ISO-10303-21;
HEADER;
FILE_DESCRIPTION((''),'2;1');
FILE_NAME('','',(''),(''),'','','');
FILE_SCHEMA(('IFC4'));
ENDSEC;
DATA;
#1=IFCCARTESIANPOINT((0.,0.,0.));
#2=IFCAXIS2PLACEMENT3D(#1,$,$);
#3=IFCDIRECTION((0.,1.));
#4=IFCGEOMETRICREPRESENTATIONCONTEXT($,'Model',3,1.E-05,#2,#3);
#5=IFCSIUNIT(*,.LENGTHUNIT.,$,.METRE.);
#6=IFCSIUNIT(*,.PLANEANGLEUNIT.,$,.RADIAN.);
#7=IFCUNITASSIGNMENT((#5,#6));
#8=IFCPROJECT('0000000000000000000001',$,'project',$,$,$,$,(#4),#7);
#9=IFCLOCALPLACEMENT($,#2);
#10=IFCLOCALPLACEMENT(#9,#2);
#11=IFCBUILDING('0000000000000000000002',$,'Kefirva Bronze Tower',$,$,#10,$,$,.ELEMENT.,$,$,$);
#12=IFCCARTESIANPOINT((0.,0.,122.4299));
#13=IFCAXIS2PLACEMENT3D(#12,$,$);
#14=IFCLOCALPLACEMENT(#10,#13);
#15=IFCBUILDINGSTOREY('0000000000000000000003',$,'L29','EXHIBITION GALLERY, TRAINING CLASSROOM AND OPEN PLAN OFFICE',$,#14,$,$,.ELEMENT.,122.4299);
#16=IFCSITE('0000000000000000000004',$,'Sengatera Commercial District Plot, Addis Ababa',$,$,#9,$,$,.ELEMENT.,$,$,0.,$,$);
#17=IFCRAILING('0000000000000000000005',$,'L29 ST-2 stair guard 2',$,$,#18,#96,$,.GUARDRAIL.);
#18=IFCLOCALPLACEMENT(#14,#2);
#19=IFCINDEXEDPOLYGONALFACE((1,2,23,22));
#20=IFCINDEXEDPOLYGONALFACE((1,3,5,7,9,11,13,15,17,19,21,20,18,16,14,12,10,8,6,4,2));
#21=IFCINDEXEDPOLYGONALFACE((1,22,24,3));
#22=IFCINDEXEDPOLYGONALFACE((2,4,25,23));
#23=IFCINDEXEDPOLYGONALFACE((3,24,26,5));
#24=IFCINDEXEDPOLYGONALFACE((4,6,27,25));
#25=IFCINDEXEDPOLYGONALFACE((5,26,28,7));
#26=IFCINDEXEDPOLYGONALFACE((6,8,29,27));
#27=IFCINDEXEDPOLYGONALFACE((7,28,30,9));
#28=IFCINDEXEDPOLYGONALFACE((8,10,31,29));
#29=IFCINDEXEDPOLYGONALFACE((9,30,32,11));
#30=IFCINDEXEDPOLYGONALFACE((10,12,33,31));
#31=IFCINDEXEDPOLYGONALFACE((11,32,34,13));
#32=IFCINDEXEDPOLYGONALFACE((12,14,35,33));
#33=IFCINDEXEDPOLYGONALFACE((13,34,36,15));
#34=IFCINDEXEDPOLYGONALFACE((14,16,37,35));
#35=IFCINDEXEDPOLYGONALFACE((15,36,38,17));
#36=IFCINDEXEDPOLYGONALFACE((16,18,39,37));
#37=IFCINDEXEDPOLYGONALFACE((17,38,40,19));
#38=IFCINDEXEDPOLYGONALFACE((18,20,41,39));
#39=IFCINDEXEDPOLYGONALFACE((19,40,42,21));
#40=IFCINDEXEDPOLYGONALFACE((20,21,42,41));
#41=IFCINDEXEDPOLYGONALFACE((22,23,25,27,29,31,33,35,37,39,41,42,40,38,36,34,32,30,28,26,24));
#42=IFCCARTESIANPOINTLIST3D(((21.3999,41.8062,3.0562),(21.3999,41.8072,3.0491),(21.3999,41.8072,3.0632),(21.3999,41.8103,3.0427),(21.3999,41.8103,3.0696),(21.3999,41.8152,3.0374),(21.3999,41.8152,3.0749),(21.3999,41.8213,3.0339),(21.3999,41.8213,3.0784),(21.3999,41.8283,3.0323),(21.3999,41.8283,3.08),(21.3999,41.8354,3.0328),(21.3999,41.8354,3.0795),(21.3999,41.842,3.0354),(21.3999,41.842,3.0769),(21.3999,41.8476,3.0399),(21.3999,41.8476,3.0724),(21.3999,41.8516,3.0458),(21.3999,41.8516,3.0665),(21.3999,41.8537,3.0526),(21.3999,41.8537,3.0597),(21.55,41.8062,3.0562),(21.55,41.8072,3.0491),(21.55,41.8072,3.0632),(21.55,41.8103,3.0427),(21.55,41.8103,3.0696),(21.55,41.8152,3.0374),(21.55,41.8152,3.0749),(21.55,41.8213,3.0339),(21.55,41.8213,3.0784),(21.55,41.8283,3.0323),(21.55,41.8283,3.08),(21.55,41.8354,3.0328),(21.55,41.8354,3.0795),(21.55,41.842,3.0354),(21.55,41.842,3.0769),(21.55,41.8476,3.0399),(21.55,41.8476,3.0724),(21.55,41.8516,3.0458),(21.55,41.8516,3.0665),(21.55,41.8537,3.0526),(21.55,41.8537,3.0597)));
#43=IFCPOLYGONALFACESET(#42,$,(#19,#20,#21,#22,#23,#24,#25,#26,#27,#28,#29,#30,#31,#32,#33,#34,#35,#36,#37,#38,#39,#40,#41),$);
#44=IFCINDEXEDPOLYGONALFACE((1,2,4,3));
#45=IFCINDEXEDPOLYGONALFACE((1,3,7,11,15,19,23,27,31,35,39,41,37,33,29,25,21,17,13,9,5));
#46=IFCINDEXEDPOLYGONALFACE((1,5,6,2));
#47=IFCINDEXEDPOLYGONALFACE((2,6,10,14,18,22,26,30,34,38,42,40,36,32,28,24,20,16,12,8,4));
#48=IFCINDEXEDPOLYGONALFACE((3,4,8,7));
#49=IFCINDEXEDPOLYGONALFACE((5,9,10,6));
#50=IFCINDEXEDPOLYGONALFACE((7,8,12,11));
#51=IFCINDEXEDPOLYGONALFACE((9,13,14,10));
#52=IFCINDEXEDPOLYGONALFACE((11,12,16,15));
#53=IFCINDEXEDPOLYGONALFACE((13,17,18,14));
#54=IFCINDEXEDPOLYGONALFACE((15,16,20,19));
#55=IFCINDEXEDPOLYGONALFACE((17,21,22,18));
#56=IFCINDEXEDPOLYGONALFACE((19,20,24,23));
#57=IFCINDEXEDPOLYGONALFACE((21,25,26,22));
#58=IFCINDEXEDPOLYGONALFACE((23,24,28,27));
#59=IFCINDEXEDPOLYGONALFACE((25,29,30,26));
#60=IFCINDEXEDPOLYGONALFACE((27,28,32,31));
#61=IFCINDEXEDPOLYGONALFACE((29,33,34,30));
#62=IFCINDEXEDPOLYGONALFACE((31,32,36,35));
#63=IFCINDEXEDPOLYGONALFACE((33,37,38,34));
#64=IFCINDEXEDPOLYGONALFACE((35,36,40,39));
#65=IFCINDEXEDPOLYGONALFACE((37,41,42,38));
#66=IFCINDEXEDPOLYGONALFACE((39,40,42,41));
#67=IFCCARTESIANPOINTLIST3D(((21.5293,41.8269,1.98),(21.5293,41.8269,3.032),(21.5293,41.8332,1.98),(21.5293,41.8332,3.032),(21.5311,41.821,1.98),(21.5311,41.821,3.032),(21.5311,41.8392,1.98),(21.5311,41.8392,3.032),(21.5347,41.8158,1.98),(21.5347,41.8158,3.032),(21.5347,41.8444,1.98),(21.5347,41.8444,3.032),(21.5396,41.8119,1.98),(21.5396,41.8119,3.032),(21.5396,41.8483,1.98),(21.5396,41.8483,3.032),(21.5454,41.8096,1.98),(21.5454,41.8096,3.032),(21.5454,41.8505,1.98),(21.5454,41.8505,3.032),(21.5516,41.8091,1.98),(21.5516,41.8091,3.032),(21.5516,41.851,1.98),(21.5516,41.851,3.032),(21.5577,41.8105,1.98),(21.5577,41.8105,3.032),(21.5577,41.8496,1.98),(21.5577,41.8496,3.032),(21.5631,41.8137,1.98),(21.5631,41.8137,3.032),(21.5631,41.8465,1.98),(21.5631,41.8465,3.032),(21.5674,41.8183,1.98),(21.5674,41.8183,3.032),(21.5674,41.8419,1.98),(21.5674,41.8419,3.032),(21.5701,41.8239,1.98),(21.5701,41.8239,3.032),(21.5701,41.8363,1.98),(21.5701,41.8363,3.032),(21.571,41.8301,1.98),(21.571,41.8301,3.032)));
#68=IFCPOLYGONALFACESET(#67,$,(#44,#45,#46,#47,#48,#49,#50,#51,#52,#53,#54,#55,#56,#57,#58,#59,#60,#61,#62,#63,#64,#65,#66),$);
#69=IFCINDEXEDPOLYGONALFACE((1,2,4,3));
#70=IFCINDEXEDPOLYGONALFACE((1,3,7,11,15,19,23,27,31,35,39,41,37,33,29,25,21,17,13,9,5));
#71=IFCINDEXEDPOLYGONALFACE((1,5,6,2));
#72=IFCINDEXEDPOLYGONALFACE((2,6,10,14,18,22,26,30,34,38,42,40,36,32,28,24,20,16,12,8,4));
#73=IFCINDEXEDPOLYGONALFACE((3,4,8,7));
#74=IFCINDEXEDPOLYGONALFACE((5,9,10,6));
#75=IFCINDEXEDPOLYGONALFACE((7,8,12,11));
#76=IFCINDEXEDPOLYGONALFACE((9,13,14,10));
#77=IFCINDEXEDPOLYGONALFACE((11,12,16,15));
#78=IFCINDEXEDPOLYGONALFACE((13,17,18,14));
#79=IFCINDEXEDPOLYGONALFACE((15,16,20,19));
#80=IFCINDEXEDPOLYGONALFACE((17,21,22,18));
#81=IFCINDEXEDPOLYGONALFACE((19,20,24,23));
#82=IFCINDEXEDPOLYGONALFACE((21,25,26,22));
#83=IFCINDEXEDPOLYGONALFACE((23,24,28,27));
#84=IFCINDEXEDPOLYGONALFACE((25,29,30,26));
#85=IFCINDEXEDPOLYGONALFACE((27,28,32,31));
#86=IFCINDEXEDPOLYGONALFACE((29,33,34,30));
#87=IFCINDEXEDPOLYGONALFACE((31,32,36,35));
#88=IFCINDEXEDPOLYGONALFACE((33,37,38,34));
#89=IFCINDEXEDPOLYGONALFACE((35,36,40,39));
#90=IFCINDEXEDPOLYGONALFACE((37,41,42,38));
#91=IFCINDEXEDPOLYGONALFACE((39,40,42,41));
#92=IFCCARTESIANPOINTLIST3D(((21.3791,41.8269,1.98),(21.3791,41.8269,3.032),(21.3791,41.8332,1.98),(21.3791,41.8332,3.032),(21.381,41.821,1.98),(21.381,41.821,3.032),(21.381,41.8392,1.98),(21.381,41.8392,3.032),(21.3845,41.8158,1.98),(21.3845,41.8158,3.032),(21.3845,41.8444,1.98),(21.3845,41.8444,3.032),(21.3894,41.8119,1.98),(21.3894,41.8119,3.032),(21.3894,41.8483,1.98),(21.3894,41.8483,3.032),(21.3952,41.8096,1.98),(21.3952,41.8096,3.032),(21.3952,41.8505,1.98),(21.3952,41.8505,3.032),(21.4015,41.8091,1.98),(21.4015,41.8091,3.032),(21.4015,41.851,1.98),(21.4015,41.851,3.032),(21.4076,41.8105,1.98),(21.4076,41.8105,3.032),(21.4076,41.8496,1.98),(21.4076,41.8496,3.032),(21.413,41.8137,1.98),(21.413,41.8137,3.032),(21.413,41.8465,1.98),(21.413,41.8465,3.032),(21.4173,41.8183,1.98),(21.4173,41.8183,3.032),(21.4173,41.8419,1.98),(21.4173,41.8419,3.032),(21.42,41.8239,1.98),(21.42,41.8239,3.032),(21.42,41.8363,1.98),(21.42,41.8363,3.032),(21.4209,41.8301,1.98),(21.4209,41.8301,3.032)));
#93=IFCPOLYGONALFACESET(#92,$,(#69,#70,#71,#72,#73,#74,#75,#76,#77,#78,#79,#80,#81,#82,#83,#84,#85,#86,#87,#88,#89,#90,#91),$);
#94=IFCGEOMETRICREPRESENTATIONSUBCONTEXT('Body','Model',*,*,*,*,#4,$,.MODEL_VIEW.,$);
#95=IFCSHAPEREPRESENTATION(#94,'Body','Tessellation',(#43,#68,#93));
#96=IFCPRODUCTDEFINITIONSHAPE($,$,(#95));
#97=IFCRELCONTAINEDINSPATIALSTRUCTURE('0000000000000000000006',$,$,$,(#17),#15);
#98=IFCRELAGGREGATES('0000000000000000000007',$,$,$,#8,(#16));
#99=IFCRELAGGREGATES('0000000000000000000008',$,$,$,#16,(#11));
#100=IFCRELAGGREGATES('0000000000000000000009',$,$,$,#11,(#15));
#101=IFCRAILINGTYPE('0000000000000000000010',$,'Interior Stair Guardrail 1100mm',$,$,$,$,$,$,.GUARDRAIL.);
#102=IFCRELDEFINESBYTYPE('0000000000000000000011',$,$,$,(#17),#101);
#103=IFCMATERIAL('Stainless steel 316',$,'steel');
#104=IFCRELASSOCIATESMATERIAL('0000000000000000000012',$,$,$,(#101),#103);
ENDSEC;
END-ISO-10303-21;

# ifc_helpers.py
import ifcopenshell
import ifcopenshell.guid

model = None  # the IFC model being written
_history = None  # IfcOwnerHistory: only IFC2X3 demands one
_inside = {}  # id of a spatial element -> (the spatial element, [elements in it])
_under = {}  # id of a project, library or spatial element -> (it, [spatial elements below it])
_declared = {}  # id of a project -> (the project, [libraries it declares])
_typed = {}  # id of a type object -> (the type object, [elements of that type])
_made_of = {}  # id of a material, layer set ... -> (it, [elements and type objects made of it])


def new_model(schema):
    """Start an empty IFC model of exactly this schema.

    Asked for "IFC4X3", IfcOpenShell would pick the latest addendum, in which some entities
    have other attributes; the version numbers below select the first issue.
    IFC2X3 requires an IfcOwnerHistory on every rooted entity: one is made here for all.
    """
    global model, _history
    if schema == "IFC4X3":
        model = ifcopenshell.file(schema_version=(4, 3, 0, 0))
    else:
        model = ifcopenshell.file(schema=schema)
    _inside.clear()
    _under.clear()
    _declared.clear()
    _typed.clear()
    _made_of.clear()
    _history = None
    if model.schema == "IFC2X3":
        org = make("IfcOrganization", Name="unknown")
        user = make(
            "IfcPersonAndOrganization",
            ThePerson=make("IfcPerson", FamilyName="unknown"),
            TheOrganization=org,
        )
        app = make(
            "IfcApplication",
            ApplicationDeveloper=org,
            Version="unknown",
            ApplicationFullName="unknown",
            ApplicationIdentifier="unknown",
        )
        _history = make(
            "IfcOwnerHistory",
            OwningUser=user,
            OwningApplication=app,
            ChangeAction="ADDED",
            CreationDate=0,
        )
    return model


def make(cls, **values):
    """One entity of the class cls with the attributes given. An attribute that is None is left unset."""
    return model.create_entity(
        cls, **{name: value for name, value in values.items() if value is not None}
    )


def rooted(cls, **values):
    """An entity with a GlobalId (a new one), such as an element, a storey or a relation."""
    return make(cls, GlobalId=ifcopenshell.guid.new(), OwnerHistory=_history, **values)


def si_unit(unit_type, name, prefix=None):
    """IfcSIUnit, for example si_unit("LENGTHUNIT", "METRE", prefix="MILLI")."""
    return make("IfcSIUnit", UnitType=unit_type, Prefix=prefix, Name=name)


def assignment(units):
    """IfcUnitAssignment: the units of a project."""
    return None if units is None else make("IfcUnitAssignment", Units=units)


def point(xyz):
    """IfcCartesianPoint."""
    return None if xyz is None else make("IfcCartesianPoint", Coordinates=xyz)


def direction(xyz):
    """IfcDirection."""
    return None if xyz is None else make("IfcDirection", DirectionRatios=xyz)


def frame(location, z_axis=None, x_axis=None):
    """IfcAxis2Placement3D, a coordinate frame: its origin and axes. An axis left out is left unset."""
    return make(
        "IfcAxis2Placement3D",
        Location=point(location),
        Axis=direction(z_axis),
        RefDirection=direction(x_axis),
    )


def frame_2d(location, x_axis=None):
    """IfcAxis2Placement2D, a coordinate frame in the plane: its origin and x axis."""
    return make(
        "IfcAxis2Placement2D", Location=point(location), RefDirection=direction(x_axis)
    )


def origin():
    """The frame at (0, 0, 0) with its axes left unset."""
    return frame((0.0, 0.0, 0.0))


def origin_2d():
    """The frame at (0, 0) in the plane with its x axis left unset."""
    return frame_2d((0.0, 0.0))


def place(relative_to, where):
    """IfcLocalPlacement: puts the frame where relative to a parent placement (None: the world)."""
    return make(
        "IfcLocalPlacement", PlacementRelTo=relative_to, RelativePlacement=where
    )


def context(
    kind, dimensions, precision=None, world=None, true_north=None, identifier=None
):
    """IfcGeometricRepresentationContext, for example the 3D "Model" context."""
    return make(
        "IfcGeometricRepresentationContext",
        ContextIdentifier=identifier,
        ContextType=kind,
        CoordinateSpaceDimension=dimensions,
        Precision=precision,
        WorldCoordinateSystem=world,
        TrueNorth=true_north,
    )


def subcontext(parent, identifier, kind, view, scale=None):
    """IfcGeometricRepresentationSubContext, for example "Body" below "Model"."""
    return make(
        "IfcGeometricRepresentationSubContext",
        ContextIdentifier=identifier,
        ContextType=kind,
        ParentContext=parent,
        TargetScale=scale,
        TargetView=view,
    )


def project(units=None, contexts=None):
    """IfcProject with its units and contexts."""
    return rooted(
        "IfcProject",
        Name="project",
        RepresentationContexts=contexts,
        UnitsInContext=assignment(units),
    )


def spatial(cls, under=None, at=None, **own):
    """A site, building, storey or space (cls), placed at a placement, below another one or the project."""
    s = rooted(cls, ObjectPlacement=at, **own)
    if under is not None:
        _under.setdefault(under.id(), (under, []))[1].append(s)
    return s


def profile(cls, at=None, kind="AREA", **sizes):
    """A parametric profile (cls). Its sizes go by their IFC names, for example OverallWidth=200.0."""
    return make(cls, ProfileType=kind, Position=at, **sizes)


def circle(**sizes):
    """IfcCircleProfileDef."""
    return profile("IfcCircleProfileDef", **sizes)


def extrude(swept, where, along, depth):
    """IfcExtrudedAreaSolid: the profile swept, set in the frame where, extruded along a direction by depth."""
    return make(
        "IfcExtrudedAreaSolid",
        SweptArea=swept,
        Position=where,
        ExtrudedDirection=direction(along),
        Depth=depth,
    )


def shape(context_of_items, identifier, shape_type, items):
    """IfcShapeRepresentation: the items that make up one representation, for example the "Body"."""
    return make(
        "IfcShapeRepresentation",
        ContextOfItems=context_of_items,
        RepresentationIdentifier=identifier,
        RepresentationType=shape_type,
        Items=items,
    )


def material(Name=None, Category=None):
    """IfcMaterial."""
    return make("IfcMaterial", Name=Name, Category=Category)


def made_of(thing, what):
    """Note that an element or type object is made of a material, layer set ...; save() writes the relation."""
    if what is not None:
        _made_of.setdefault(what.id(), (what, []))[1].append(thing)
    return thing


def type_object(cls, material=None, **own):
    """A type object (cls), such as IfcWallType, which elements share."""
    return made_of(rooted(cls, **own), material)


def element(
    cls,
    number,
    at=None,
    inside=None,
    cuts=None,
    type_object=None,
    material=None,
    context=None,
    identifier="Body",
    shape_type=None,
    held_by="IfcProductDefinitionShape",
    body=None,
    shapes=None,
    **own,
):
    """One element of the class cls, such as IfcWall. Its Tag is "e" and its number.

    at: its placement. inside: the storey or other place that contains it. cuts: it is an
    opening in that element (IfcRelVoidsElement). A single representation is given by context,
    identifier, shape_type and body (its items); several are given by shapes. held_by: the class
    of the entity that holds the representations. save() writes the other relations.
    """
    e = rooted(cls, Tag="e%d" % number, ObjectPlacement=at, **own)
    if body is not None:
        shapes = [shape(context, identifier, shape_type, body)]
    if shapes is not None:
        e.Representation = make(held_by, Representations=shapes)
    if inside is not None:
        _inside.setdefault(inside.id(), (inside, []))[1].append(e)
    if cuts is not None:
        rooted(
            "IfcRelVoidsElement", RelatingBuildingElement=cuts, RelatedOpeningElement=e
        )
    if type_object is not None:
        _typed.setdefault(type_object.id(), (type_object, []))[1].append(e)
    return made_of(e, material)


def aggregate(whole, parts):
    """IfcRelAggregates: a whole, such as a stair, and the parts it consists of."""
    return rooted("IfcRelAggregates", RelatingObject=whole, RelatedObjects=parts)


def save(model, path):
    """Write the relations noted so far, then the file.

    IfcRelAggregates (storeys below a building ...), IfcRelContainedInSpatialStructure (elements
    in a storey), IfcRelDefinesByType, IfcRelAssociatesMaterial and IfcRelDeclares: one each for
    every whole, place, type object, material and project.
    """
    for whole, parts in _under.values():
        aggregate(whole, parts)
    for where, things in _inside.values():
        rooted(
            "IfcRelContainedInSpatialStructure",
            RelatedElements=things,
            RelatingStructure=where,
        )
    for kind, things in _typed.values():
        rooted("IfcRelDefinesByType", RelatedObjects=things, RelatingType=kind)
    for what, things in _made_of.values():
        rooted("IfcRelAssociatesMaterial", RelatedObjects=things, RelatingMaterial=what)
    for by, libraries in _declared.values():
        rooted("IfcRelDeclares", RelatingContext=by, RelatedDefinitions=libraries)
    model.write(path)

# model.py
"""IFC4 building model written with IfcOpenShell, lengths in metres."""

from ifc_helpers import new_model, si_unit, direction, frame, origin, origin_2d, place, context, subcontext, project, spatial, circle, extrude, material, type_object, element, save


model = new_model("IFC4")

# Units and contexts
model_context = context("Model", 3, precision=1e-05, world=origin(), true_north=direction((0.0, 1.0)))
body_context = subcontext(model_context, "Body", "Model", "MODEL_VIEW")
ifc_project = project(units=[si_unit("LENGTHUNIT", "METRE"), si_unit("PLANEANGLEUNIT", "RADIAN")], contexts=[model_context])

# Site, building, storey
site_placement = place(None, origin())
site = spatial("IfcSite", under=ifc_project, at=site_placement, Name="Sengatera Commercial District Plot, Addis Ababa", CompositionType="ELEMENT", RefElevation=0.0)
building_placement = place(site_placement, origin())
building = spatial("IfcBuilding", under=site, at=building_placement, Name="Kefirva Bronze Tower", CompositionType="ELEMENT")
storey_placement = place(building_placement, frame((0.0, 0.0, 122.4299)))
storey = spatial("IfcBuildingStorey", under=building, at=storey_placement, Name="L29", Description="EXHIBITION GALLERY, TRAINING CLASSROOM AND OPEN PLAN OFFICE", CompositionType="ELEMENT", Elevation=122.4299)

# Railing
ifc_material_1 = material(Name="Stainless steel 316", Category="steel")
railing_type_1 = type_object("IfcRailingType", Name="Interior Stair Guardrail 1100mm", PredefinedType="GUARDRAIL", material=ifc_material_1)
railing_1_placement = place(storey_placement, frame((21.55, 41.8301, 1.98)))
element("IfcRailing", 1, at=railing_1_placement, inside=storey, type_object=railing_type_1, Name="L29 ST-2 stair guard 2", PredefinedType="GUARDRAIL", context=body_context, shape_type="SweptSolid", body=[
    extrude(circle(Radius=0.0239, at=origin_2d()), frame((0.0, 0.0, 1.0762), z_axis=(-1.0, 0.0, 0.0), x_axis=(0.0, -1.0, 0.0)), (0.0, 0.0, 1.0), 0.1501),
    extrude(circle(Radius=0.021, at=origin_2d()), origin(), (0.0, 0.0, 1.0), 1.052),
    extrude(circle(Radius=0.021, at=origin_2d()), frame((-0.1501, 0.0, 0.0)), (0.0, 0.0, 1.0), 1.052),
])

save(model, "model.ifc")
